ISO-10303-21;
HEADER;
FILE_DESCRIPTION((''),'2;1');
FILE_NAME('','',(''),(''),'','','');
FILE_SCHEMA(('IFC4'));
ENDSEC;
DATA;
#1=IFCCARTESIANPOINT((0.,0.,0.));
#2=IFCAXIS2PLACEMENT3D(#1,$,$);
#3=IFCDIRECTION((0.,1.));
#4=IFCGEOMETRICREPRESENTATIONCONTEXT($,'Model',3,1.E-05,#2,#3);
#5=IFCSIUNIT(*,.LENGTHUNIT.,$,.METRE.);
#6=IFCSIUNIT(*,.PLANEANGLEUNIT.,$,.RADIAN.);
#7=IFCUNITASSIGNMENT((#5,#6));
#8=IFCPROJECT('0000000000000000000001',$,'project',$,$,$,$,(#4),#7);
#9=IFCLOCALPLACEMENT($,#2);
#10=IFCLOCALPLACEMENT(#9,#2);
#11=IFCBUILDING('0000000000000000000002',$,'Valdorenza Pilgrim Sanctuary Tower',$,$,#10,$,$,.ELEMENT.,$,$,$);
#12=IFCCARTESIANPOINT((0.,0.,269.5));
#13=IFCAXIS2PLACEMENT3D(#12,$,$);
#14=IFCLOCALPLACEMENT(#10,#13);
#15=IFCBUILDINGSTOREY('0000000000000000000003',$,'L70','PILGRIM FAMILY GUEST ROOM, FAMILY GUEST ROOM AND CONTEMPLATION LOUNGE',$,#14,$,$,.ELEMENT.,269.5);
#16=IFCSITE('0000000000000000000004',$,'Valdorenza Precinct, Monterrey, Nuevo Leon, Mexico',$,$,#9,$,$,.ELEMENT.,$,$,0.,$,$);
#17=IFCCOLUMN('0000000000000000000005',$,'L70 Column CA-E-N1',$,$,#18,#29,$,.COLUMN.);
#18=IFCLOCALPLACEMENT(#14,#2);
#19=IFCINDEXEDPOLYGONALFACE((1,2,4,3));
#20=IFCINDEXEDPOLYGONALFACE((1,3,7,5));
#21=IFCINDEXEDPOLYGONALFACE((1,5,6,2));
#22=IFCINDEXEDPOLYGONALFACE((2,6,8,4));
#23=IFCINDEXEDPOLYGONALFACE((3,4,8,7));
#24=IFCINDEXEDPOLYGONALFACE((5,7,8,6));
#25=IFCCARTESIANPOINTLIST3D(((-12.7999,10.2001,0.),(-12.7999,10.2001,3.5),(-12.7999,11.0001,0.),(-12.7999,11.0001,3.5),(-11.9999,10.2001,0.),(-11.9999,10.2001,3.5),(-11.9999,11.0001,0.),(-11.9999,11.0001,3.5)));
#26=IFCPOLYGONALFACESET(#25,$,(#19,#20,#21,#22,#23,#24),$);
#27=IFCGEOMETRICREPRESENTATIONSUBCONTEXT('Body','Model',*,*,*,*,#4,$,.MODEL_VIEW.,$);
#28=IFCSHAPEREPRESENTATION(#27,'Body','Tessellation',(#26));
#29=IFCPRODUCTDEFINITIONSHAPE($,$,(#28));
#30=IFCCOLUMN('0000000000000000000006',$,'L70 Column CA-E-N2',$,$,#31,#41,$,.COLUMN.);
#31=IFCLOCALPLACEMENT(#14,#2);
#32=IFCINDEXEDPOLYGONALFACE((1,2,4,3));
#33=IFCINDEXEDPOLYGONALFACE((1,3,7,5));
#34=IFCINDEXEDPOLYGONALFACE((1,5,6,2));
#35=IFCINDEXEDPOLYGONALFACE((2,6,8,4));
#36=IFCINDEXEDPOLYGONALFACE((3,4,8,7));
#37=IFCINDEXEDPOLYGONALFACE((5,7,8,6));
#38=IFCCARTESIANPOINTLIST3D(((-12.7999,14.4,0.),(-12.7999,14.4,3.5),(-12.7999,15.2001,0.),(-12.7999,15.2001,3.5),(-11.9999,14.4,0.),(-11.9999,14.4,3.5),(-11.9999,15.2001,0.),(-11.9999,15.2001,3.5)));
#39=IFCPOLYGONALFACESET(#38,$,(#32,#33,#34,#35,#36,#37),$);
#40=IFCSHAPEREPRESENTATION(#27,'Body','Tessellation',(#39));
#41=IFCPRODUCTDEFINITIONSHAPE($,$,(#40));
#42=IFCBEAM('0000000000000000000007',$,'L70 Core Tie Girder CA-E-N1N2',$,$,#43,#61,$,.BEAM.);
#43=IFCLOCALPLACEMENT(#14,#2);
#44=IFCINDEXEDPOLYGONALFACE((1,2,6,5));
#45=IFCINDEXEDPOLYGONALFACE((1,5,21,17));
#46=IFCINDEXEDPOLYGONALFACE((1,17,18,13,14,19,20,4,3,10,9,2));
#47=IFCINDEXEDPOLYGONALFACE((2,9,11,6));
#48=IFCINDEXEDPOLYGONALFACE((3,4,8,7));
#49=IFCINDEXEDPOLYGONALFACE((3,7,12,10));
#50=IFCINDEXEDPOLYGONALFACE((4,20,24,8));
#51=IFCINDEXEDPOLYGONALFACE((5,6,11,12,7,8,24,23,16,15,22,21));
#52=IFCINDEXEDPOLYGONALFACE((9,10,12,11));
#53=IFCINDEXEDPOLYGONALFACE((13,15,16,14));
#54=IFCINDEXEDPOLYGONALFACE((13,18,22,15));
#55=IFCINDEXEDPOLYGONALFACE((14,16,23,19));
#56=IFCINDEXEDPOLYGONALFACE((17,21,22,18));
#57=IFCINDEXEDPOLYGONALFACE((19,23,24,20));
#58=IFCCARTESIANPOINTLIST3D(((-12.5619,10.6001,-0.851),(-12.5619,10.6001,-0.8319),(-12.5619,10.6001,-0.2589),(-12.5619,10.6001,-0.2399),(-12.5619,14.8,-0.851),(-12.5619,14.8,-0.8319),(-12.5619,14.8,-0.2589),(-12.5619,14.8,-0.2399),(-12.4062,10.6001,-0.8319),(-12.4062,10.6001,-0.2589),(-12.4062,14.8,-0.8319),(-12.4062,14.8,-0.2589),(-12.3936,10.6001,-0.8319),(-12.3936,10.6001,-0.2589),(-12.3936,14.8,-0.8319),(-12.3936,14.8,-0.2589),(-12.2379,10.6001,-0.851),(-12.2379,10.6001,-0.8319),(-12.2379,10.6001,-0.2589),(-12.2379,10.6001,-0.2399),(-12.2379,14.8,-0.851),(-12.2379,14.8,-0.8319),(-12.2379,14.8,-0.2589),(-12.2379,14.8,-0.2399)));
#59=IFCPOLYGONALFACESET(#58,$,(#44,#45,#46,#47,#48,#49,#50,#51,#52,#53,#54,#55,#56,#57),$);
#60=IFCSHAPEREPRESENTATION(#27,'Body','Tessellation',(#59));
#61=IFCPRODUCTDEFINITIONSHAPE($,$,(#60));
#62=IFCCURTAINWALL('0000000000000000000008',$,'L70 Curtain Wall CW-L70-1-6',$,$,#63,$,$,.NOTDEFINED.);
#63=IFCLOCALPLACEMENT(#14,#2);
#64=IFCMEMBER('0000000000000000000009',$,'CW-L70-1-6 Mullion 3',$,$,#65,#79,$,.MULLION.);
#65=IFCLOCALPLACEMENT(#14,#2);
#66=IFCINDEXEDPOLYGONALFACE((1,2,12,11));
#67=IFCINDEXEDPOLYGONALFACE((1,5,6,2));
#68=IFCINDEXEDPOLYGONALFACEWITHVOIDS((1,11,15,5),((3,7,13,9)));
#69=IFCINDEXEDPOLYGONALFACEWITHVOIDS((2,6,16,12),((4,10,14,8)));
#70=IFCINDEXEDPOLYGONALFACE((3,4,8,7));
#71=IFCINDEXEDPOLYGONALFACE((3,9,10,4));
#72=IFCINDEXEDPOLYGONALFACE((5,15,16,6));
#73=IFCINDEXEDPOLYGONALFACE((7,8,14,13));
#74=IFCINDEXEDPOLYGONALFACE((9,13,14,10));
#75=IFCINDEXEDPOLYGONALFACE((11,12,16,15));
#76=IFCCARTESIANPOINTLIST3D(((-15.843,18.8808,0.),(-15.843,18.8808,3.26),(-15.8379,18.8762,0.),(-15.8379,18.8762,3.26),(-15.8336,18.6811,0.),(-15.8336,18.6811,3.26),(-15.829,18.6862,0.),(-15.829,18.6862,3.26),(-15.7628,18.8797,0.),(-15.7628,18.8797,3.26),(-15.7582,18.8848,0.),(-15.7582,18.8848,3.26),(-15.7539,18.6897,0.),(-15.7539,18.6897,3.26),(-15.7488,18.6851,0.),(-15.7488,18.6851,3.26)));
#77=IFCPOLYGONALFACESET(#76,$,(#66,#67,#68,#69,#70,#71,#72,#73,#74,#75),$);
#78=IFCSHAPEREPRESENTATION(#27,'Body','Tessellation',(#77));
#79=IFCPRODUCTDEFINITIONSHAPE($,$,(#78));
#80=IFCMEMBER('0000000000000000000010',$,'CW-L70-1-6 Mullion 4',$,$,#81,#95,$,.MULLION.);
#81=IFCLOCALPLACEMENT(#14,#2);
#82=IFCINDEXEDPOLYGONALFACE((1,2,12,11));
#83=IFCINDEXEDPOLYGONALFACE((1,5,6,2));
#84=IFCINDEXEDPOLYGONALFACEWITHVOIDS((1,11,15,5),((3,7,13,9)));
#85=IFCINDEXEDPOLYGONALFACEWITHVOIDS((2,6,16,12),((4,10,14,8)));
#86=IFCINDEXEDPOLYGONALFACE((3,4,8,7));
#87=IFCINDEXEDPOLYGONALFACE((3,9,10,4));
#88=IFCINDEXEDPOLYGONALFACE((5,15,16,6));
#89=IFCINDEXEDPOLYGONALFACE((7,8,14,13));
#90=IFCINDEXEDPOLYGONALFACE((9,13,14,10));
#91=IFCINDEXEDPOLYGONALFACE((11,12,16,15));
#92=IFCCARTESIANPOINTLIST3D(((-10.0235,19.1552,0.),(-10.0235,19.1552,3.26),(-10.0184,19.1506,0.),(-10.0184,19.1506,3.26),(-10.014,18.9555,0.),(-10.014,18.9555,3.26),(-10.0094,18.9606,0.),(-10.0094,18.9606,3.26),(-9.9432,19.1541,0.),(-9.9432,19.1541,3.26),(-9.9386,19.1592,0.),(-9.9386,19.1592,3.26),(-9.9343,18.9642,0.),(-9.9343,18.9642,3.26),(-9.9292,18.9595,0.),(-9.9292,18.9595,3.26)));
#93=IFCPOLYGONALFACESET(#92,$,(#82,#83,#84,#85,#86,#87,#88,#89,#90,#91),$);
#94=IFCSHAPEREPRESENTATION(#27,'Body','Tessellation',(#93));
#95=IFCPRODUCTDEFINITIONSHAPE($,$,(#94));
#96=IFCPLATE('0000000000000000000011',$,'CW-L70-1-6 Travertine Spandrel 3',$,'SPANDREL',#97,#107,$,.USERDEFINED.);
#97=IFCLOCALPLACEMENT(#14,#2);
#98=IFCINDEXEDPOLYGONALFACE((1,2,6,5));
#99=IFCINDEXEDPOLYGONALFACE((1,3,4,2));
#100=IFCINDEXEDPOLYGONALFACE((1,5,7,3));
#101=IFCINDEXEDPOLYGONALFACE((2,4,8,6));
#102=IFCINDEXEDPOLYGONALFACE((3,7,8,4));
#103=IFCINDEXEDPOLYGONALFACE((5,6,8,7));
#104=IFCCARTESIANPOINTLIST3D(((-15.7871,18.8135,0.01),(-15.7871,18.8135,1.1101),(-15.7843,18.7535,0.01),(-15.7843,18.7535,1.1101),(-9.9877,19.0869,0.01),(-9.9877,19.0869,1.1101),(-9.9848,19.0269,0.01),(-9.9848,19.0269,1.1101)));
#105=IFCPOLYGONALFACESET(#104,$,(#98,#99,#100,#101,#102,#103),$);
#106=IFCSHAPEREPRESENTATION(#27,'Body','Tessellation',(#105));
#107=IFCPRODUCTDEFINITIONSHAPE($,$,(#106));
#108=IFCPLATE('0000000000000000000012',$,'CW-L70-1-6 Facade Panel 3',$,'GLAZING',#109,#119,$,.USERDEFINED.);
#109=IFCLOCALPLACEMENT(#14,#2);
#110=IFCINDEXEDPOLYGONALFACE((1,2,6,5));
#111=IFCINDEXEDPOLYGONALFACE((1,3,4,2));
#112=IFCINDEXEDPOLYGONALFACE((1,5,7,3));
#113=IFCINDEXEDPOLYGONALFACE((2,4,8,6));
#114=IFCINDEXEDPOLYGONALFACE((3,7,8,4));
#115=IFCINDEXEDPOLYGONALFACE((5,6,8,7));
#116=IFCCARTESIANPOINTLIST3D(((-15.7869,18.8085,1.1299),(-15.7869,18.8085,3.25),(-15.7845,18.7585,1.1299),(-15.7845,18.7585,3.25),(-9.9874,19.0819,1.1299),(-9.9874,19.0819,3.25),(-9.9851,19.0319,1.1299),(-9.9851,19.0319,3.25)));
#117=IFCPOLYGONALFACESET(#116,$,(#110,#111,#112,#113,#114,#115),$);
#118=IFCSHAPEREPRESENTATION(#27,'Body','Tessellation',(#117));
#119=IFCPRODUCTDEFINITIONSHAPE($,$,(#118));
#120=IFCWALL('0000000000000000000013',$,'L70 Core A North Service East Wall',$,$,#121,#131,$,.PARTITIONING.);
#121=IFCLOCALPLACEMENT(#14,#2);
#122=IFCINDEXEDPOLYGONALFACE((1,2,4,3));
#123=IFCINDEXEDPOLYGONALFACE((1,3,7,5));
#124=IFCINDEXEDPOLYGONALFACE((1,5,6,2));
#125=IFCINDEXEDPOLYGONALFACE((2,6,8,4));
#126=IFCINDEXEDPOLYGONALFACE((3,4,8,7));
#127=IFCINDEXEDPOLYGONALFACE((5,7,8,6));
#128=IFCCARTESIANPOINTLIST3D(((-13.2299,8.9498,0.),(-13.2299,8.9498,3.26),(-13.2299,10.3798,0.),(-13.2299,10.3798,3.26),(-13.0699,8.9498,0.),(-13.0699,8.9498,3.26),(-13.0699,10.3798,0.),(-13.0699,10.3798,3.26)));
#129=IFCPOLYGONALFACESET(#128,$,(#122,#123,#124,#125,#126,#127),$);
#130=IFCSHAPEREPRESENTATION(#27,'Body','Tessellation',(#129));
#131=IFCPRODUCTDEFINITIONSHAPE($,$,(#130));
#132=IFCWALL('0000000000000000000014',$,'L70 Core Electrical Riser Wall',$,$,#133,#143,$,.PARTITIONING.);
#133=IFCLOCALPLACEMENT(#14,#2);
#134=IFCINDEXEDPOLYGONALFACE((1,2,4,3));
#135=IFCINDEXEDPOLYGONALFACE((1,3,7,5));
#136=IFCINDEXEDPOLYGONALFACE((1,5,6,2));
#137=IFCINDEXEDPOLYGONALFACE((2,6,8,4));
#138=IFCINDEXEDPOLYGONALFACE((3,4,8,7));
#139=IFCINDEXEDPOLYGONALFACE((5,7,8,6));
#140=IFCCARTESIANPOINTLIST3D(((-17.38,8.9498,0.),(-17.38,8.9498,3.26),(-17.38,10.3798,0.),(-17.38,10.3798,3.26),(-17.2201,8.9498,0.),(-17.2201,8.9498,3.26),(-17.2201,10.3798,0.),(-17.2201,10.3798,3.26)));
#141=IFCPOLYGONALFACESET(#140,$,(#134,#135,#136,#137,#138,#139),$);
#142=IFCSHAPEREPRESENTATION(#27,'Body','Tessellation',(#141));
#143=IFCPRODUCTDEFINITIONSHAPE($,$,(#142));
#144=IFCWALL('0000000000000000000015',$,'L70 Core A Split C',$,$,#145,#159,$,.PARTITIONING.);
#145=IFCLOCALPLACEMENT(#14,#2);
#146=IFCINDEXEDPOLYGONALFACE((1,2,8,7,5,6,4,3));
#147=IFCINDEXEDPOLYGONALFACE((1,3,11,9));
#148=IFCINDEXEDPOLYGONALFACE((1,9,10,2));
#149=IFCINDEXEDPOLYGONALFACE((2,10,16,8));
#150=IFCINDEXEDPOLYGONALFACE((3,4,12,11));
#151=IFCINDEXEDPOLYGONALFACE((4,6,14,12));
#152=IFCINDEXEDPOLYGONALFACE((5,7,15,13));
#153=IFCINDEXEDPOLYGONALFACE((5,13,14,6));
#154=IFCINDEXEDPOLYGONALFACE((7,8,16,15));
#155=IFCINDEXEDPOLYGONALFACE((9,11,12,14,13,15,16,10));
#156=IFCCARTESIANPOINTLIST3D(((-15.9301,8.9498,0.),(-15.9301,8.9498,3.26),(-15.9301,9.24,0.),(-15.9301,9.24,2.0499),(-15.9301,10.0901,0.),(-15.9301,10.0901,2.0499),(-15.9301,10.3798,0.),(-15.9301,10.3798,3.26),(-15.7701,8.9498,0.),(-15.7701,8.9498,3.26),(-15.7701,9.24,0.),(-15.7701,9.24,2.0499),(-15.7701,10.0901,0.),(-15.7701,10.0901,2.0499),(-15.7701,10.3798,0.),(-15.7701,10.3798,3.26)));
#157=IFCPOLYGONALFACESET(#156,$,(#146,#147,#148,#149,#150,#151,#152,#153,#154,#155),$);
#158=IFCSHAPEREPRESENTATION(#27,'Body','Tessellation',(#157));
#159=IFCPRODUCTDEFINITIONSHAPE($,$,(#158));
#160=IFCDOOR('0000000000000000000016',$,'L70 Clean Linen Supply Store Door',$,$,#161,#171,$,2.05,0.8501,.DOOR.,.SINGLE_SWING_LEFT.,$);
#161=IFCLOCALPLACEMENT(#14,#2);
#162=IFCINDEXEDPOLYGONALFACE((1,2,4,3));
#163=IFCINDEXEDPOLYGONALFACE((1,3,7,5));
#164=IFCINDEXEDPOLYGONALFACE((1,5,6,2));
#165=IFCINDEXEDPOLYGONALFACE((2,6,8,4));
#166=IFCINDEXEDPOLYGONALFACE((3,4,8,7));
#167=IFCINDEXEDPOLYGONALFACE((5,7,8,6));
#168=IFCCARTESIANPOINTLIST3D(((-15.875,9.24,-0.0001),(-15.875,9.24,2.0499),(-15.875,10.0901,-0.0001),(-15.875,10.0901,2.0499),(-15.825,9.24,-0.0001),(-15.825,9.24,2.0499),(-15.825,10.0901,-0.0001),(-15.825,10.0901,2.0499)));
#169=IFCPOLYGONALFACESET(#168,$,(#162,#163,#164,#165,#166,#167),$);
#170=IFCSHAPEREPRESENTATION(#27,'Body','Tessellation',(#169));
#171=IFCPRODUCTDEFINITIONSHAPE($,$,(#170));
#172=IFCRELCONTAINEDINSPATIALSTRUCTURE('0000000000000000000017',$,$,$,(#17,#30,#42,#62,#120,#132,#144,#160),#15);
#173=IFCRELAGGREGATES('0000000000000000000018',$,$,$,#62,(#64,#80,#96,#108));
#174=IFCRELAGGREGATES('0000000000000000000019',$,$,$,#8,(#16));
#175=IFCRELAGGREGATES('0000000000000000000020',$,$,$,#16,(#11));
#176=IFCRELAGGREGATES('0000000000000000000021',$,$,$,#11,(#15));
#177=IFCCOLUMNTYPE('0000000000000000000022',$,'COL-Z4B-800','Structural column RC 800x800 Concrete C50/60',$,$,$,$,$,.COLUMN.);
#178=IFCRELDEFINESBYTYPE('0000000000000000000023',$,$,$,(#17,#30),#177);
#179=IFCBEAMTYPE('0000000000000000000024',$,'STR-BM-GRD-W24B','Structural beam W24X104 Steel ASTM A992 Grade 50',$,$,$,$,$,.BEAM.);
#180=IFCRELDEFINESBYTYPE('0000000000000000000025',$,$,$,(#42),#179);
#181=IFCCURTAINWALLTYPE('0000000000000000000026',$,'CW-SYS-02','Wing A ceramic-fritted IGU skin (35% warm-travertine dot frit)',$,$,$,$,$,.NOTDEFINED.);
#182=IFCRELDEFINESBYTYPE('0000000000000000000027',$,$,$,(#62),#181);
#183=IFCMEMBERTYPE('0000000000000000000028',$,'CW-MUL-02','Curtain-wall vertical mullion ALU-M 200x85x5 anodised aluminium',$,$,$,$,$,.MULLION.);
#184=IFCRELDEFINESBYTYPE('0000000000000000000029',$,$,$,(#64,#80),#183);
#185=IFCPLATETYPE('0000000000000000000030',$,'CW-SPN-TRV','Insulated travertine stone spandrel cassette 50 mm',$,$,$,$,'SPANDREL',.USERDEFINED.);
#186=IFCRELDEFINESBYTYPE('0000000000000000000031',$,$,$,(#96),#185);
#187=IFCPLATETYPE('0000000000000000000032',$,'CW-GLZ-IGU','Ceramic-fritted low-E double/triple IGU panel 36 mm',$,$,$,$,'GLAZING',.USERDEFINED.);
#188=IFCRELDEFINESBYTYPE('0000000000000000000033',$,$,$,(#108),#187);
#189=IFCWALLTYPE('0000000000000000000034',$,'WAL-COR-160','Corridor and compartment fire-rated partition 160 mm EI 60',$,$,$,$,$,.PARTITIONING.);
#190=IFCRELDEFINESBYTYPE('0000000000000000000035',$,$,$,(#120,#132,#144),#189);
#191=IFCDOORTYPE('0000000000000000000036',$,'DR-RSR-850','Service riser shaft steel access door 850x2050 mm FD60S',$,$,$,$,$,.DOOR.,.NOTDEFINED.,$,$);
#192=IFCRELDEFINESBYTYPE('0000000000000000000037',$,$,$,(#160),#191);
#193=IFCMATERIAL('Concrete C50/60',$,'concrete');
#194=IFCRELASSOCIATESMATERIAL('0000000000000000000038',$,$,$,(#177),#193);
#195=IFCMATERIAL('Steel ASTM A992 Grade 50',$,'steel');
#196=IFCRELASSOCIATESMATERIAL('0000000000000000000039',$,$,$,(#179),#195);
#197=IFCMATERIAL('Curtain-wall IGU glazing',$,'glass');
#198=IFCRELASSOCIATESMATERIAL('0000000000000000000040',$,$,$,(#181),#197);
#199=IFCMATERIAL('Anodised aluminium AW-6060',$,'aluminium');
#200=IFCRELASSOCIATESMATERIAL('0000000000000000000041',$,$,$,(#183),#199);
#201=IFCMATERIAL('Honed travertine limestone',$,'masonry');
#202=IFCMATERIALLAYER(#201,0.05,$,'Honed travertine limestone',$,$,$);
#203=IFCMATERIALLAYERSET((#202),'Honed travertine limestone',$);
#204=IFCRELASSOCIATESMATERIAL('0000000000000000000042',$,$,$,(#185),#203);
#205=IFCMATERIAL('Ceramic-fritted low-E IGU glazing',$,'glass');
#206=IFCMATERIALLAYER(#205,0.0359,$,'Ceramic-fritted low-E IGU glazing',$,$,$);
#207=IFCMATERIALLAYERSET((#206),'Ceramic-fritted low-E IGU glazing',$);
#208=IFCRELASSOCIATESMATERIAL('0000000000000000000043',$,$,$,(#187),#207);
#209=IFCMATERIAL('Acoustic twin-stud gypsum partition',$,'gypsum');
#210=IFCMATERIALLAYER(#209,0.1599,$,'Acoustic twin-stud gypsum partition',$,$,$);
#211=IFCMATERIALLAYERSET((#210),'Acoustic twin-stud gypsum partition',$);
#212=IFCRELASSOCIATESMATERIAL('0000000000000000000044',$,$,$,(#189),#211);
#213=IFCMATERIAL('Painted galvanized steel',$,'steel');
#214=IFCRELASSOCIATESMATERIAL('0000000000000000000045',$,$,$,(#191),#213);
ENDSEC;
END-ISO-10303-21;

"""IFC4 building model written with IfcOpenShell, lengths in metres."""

from ifc_helpers import new_model, si_unit, direction, frame, frame_2d, origin, origin_2d, place, context, subcontext, project, spatial, rectangle, hollow_rectangle, i_section, extrude, source, transform, mapped, material, layer, layer_set, material_profile, profile_set, type_object, element, fill, aggregate, save


model = new_model("IFC4")

# Units and contexts
model_context = context("Model", 3, precision=1e-05, world=origin(), true_north=direction((0.0, 1.0)))
body_context = subcontext(model_context, "Body", "Model", "MODEL_VIEW")
ifc_project = project(units=[si_unit("LENGTHUNIT", "METRE"), si_unit("PLANEANGLEUNIT", "RADIAN")], contexts=[model_context])

# Site, building, storey
site_placement = place(None, origin())
site = spatial("IfcSite", under=ifc_project, at=site_placement, Name="Valdorenza Precinct, Monterrey, Nuevo Leon, Mexico", CompositionType="ELEMENT", RefElevation=0.0)
building_placement = place(site_placement, origin())
building = spatial("IfcBuilding", under=site, at=building_placement, Name="Valdorenza Pilgrim Sanctuary Tower", CompositionType="ELEMENT")
storey_placement = place(building_placement, frame((0.0, 0.0, 269.5)))
storey = spatial("IfcBuildingStorey", under=building, at=storey_placement, Name="L70", Description="PILGRIM FAMILY GUEST ROOM, FAMILY GUEST ROOM AND CONTEMPLATION LOUNGE", CompositionType="ELEMENT", Elevation=269.5)

# Columns
ifc_material_1 = material(Name="Concrete C50/60", Category="concrete")
ifc_material_profile_1 = material_profile(ifc_material_1, rectangle(XDim=0.8, YDim=0.8, at=origin_2d()), Name="RC 800x800")
ifc_profile_set_1 = profile_set([ifc_material_profile_1], Name="Concrete C50/60")
column_type = type_object("IfcColumnType", Name="COL-Z4B-800", Description="Structural column RC 800x800 Concrete C50/60", PredefinedType="COLUMN", material=ifc_profile_set_1)
shared_shape_1 = source(origin(), body_context, "Body", "SweptSolid", [
    extrude(rectangle(XDim=0.8, YDim=0.8, at=origin_2d()), origin(), (0.0, 0.0, 1.0), 3.5),
])
for number, where, z_axis, x_axis, name in (
    (1, (-12.3999, 10.6001, 0.0), (0.0, 0.0, 1.0), (1.0, 0.0, 0.0), "L70 Column CA-E-N1"),
    (2, (-12.3999, 14.8, 0.0), (0.0, 0.0, 1.0), (1.0, 0.0, 0.0), "L70 Column CA-E-N2"),
):
    element("IfcColumn", number, at=place(storey_placement, frame(where, z_axis=z_axis, x_axis=x_axis)), inside=storey, type_object=column_type, Name=name, PredefinedType="COLUMN", context=body_context, shape_type="MappedRepresentation", body=[
        mapped(shared_shape_1, transform((0.0, 0.0, 0.0), x_axis=(1.0, 0.0, 0.0), y_axis=(0.0, 1.0, 0.0), z_axis=(0.0, 0.0, 1.0), scale=1.0)),
    ])

# Beam
ifc_material_2 = material(Name="Steel ASTM A992 Grade 50", Category="steel")
ifc_material_profile_2 = material_profile(ifc_material_2, i_section(OverallWidth=0.324, OverallDepth=0.6111, WebThickness=0.0127, FlangeThickness=0.019, at=origin_2d()), Name="W24X104")
ifc_profile_set_2 = profile_set([ifc_material_profile_2], Name="Steel ASTM A992 Grade 50")
beam_type = type_object("IfcBeamType", Name="STR-BM-GRD-W24B", Description="Structural beam W24X104 Steel ASTM A992 Grade 50", PredefinedType="BEAM", material=ifc_profile_set_2)
shared_shape_2 = source(origin(), body_context, "Body", "SweptSolid", [
    extrude(i_section(OverallWidth=0.324, OverallDepth=0.6111, WebThickness=0.0127, FlangeThickness=0.019, at=origin_2d()), origin(), (0.0, 0.0, 1.0), 4.2),
])
beam_placement = place(storey_placement, frame((-12.3999, 10.6001, -0.5454), z_axis=(0.0, 1.0, 0.0), x_axis=(-1.0, 0.0, 0.0)))
element("IfcBeam", 3, at=beam_placement, inside=storey, type_object=beam_type, Name="L70 Core Tie Girder CA-E-N1N2", PredefinedType="BEAM", context=body_context, shape_type="MappedRepresentation", body=[
    mapped(shared_shape_2, transform((0.0, 0.0, 0.0), x_axis=(1.0, 0.0, 0.0), y_axis=(0.0, 1.0, 0.0), z_axis=(0.0, 0.0, 1.0), scale=1.0)),
])

# Curtain wall, members, plates
ifc_material_3 = material(Name="Curtain-wall IGU glazing", Category="glass")
curtain_wall_type = type_object("IfcCurtainWallType", Name="CW-SYS-02", Description="Wing A ceramic-fritted IGU skin (35% warm-travertine dot frit)", PredefinedType="NOTDEFINED", material=ifc_material_3)
curtain_wall_placement = place(storey_placement, origin())
curtain_wall = element("IfcCurtainWall", 4, at=curtain_wall_placement, inside=storey, type_object=curtain_wall_type, Name="L70 Curtain Wall CW-L70-1-6", PredefinedType="NOTDEFINED")
ifc_material_4 = material(Name="Anodised aluminium AW-6060", Category="aluminium")
ifc_material_profile_3 = material_profile(ifc_material_4, hollow_rectangle(XDim=0.085, YDim=0.2, WallThickness=0.0049, at=origin_2d()), Name="ALU-M 200x85x5")
ifc_profile_set_3 = profile_set([ifc_material_profile_3], Name="Anodised aluminium AW-6060")
member_type = type_object("IfcMemberType", Name="CW-MUL-02", Description="Curtain-wall vertical mullion ALU-M 200x85x5 anodised aluminium", PredefinedType="MULLION", material=ifc_profile_set_3)
shared_shape_3 = source(origin(), body_context, "Body", "SweptSolid", [
    extrude(hollow_rectangle(XDim=0.085, YDim=0.2, WallThickness=0.0049, at=origin_2d()), origin(), (0.0, 0.0, 1.0), 3.26),
])
member_1_placement = place(storey_placement, frame((-15.7959, 18.783, 0.0), z_axis=(0.0, 0.0, 1.0), x_axis=(0.998891, 0.047089, 0.0)))
member_1 = element("IfcMember", 5, at=member_1_placement, type_object=member_type, Name="CW-L70-1-6 Mullion 3", PredefinedType="MULLION", context=body_context, shape_type="MappedRepresentation", body=[
    mapped(shared_shape_3, transform((0.0, 0.0, 0.0), x_axis=(1.0, 0.0, 0.0), y_axis=(0.0, 1.0, 0.0), z_axis=(0.0, 0.0, 1.0), scale=1.0)),
])
member_2_placement = place(storey_placement, frame((-9.9763, 19.0574, 0.0), z_axis=(0.0, 0.0, 1.0), x_axis=(0.998891, 0.047089, 0.0)))
member_2 = element("IfcMember", 6, at=member_2_placement, type_object=member_type, Name="CW-L70-1-6 Mullion 4", PredefinedType="MULLION", context=body_context, shape_type="MappedRepresentation", body=[
    mapped(shared_shape_3, transform((0.0, 0.0, 0.0), x_axis=(1.0, 0.0, 0.0), y_axis=(0.0, 1.0, 0.0), z_axis=(0.0, 0.0, 1.0), scale=1.0)),
])
ifc_material_5 = material(Name="Honed travertine limestone", Category="masonry")
ifc_layer_1 = layer(ifc_material_5, 0.05, Name="Honed travertine limestone")
ifc_layer_set_1 = layer_set([ifc_layer_1], Name="Honed travertine limestone")
plate_type_1 = type_object("IfcPlateType", Name="CW-SPN-TRV", Description="Insulated travertine stone spandrel cassette 50 mm", ElementType="SPANDREL", PredefinedType="USERDEFINED", material=ifc_layer_set_1)
shared_shape_4 = source(origin(), body_context, "Body", "SweptSolid", [
    extrude(rectangle(XDim=5.8059, YDim=0.0601, at=origin_2d()), origin(), (0.0, 0.0, 1.0), 1.1001),
])
plate_1_placement = place(storey_placement, frame((-12.886, 18.9202, 0.01), z_axis=(0.0, 0.0, 1.0), x_axis=(0.998891, 0.047089, 0.0)))
plate_1 = element("IfcPlate", 7, at=plate_1_placement, type_object=plate_type_1, Name="CW-L70-1-6 Travertine Spandrel 3", ObjectType="SPANDREL", PredefinedType="USERDEFINED", context=body_context, shape_type="MappedRepresentation", body=[
    mapped(shared_shape_4, transform((0.0, 0.0, 0.0), x_axis=(1.0, 0.0, 0.0), y_axis=(0.0, 1.0, 0.0), z_axis=(0.0, 0.0, 1.0), scale=1.0)),
])
ifc_material_6 = material(Name="Ceramic-fritted low-E IGU glazing", Category="glass")
ifc_layer_2 = layer(ifc_material_6, 0.0359, Name="Ceramic-fritted low-E IGU glazing")
ifc_layer_set_2 = layer_set([ifc_layer_2], Name="Ceramic-fritted low-E IGU glazing")
plate_type_2 = type_object("IfcPlateType", Name="CW-GLZ-IGU", Description="Ceramic-fritted low-E double/triple IGU panel 36 mm", ElementType="GLAZING", PredefinedType="USERDEFINED", material=ifc_layer_set_2)
shared_shape_5 = source(origin(), body_context, "Body", "SweptSolid", [
    extrude(rectangle(XDim=5.8059, YDim=0.05, at=origin_2d()), origin(), (0.0, 0.0, 1.0), 2.1201),
])
plate_2_placement = place(storey_placement, frame((-12.886, 18.9202, 1.1299), z_axis=(0.0, 0.0, 1.0), x_axis=(0.998891, 0.047089, 0.0)))
plate_2 = element("IfcPlate", 8, at=plate_2_placement, type_object=plate_type_2, Name="CW-L70-1-6 Facade Panel 3", ObjectType="GLAZING", PredefinedType="USERDEFINED", context=body_context, shape_type="MappedRepresentation", body=[
    mapped(shared_shape_5, transform((0.0, 0.0, 0.0), x_axis=(1.0, 0.0, 0.0), y_axis=(0.0, 1.0, 0.0), z_axis=(0.0, 0.0, 1.0), scale=1.0)),
])
aggregate(curtain_wall, [member_1, member_2, plate_1, plate_2])

# Walls
ifc_material_7 = material(Name="Acoustic twin-stud gypsum partition", Category="gypsum")
ifc_layer_3 = layer(ifc_material_7, 0.1599, Name="Acoustic twin-stud gypsum partition")
ifc_layer_set_3 = layer_set([ifc_layer_3], Name="Acoustic twin-stud gypsum partition")
wall_type_1 = type_object("IfcWallType", Name="WAL-COR-160", Description="Corridor and compartment fire-rated partition 160 mm EI 60", PredefinedType="PARTITIONING", material=ifc_layer_set_3)
for number, where, z_axis, x_axis, name in (
    (9, (-13.1499, 8.95, 0.0), (0.0, 0.0, 1.0), (0.0, 1.0, 0.0), "L70 Core A North Service East Wall"),
    (10, (-17.3, 8.95, 0.0), (0.0, 0.0, 1.0), (0.0, 1.0, 0.0), "L70 Core Electrical Riser Wall"),
):
    element("IfcWall", number, at=place(storey_placement, frame(where, z_axis=z_axis, x_axis=x_axis)), inside=storey, type_object=wall_type_1, Name=name, PredefinedType="PARTITIONING", context=body_context, shape_type="SweptSolid", body=[
        extrude(rectangle(XDim=1.4299, YDim=0.1599, at=frame_2d((0.7148, 0.0))), origin(), (0.0, 0.0, 1.0), 3.26),
    ])

# Wall, opening, door
wall_1_placement = place(storey_placement, frame((-15.8501, 8.95, 0.0), z_axis=(0.0, 0.0, 1.0), x_axis=(0.0, 1.0, 0.0)))
wall_1 = element("IfcWall", 11, at=wall_1_placement, inside=storey, type_object=wall_type_1, Name="L70 Core A Split C", PredefinedType="PARTITIONING", context=body_context, shape_type="SweptSolid", body=[
    extrude(rectangle(XDim=1.4299, YDim=0.1599, at=frame_2d((0.7148, 0.0))), origin(), (0.0, 0.0, 1.0), 3.26),
])
opening_1_placement = place(wall_1_placement, frame((0.29, 0.0, 0.0)))
opening_1 = element("IfcOpeningElement", 12, at=opening_1_placement, cuts=wall_1, PredefinedType="OPENING", context=body_context, shape_type="SweptSolid", body=[
    extrude(rectangle(XDim=0.8501, YDim=2.05, at=frame_2d((0.425, 1.0249))), frame((0.0, 0.0947, 0.0), z_axis=(0.0, -1.0, 0.0), x_axis=(1.0, 0.0, 0.0)), (0.0, 0.0, 1.0), 0.1897),
])
ifc_material_8 = material(Name="Painted galvanized steel", Category="steel")
door_type_1 = type_object("IfcDoorType", Name="DR-RSR-850", Description="Service riser shaft steel access door 850x2050 mm FD60S", OperationType="NOTDEFINED", PredefinedType="DOOR", material=ifc_material_8)
door_1_placement = place(opening_1_placement, origin())
door_1 = element("IfcDoor", 13, at=door_1_placement, inside=storey, type_object=door_type_1, Name="L70 Clean Linen Supply Store Door", OperationType="SINGLE_SWING_LEFT", OverallHeight=2.05, OverallWidth=0.8501, PredefinedType="DOOR", context=body_context, shape_type="SweptSolid", body=[
    extrude(rectangle(XDim=0.8501, YDim=2.05, at=frame_2d((0.425, 1.0249))), frame((0.0, 0.0249, 0.0), z_axis=(0.0, -1.0, 0.0), x_axis=(1.0, 0.0, 0.0)), (0.0, 0.0, 1.0), 0.05),
])
fill(opening_1, door_1)

save(model, "model.ifc")
